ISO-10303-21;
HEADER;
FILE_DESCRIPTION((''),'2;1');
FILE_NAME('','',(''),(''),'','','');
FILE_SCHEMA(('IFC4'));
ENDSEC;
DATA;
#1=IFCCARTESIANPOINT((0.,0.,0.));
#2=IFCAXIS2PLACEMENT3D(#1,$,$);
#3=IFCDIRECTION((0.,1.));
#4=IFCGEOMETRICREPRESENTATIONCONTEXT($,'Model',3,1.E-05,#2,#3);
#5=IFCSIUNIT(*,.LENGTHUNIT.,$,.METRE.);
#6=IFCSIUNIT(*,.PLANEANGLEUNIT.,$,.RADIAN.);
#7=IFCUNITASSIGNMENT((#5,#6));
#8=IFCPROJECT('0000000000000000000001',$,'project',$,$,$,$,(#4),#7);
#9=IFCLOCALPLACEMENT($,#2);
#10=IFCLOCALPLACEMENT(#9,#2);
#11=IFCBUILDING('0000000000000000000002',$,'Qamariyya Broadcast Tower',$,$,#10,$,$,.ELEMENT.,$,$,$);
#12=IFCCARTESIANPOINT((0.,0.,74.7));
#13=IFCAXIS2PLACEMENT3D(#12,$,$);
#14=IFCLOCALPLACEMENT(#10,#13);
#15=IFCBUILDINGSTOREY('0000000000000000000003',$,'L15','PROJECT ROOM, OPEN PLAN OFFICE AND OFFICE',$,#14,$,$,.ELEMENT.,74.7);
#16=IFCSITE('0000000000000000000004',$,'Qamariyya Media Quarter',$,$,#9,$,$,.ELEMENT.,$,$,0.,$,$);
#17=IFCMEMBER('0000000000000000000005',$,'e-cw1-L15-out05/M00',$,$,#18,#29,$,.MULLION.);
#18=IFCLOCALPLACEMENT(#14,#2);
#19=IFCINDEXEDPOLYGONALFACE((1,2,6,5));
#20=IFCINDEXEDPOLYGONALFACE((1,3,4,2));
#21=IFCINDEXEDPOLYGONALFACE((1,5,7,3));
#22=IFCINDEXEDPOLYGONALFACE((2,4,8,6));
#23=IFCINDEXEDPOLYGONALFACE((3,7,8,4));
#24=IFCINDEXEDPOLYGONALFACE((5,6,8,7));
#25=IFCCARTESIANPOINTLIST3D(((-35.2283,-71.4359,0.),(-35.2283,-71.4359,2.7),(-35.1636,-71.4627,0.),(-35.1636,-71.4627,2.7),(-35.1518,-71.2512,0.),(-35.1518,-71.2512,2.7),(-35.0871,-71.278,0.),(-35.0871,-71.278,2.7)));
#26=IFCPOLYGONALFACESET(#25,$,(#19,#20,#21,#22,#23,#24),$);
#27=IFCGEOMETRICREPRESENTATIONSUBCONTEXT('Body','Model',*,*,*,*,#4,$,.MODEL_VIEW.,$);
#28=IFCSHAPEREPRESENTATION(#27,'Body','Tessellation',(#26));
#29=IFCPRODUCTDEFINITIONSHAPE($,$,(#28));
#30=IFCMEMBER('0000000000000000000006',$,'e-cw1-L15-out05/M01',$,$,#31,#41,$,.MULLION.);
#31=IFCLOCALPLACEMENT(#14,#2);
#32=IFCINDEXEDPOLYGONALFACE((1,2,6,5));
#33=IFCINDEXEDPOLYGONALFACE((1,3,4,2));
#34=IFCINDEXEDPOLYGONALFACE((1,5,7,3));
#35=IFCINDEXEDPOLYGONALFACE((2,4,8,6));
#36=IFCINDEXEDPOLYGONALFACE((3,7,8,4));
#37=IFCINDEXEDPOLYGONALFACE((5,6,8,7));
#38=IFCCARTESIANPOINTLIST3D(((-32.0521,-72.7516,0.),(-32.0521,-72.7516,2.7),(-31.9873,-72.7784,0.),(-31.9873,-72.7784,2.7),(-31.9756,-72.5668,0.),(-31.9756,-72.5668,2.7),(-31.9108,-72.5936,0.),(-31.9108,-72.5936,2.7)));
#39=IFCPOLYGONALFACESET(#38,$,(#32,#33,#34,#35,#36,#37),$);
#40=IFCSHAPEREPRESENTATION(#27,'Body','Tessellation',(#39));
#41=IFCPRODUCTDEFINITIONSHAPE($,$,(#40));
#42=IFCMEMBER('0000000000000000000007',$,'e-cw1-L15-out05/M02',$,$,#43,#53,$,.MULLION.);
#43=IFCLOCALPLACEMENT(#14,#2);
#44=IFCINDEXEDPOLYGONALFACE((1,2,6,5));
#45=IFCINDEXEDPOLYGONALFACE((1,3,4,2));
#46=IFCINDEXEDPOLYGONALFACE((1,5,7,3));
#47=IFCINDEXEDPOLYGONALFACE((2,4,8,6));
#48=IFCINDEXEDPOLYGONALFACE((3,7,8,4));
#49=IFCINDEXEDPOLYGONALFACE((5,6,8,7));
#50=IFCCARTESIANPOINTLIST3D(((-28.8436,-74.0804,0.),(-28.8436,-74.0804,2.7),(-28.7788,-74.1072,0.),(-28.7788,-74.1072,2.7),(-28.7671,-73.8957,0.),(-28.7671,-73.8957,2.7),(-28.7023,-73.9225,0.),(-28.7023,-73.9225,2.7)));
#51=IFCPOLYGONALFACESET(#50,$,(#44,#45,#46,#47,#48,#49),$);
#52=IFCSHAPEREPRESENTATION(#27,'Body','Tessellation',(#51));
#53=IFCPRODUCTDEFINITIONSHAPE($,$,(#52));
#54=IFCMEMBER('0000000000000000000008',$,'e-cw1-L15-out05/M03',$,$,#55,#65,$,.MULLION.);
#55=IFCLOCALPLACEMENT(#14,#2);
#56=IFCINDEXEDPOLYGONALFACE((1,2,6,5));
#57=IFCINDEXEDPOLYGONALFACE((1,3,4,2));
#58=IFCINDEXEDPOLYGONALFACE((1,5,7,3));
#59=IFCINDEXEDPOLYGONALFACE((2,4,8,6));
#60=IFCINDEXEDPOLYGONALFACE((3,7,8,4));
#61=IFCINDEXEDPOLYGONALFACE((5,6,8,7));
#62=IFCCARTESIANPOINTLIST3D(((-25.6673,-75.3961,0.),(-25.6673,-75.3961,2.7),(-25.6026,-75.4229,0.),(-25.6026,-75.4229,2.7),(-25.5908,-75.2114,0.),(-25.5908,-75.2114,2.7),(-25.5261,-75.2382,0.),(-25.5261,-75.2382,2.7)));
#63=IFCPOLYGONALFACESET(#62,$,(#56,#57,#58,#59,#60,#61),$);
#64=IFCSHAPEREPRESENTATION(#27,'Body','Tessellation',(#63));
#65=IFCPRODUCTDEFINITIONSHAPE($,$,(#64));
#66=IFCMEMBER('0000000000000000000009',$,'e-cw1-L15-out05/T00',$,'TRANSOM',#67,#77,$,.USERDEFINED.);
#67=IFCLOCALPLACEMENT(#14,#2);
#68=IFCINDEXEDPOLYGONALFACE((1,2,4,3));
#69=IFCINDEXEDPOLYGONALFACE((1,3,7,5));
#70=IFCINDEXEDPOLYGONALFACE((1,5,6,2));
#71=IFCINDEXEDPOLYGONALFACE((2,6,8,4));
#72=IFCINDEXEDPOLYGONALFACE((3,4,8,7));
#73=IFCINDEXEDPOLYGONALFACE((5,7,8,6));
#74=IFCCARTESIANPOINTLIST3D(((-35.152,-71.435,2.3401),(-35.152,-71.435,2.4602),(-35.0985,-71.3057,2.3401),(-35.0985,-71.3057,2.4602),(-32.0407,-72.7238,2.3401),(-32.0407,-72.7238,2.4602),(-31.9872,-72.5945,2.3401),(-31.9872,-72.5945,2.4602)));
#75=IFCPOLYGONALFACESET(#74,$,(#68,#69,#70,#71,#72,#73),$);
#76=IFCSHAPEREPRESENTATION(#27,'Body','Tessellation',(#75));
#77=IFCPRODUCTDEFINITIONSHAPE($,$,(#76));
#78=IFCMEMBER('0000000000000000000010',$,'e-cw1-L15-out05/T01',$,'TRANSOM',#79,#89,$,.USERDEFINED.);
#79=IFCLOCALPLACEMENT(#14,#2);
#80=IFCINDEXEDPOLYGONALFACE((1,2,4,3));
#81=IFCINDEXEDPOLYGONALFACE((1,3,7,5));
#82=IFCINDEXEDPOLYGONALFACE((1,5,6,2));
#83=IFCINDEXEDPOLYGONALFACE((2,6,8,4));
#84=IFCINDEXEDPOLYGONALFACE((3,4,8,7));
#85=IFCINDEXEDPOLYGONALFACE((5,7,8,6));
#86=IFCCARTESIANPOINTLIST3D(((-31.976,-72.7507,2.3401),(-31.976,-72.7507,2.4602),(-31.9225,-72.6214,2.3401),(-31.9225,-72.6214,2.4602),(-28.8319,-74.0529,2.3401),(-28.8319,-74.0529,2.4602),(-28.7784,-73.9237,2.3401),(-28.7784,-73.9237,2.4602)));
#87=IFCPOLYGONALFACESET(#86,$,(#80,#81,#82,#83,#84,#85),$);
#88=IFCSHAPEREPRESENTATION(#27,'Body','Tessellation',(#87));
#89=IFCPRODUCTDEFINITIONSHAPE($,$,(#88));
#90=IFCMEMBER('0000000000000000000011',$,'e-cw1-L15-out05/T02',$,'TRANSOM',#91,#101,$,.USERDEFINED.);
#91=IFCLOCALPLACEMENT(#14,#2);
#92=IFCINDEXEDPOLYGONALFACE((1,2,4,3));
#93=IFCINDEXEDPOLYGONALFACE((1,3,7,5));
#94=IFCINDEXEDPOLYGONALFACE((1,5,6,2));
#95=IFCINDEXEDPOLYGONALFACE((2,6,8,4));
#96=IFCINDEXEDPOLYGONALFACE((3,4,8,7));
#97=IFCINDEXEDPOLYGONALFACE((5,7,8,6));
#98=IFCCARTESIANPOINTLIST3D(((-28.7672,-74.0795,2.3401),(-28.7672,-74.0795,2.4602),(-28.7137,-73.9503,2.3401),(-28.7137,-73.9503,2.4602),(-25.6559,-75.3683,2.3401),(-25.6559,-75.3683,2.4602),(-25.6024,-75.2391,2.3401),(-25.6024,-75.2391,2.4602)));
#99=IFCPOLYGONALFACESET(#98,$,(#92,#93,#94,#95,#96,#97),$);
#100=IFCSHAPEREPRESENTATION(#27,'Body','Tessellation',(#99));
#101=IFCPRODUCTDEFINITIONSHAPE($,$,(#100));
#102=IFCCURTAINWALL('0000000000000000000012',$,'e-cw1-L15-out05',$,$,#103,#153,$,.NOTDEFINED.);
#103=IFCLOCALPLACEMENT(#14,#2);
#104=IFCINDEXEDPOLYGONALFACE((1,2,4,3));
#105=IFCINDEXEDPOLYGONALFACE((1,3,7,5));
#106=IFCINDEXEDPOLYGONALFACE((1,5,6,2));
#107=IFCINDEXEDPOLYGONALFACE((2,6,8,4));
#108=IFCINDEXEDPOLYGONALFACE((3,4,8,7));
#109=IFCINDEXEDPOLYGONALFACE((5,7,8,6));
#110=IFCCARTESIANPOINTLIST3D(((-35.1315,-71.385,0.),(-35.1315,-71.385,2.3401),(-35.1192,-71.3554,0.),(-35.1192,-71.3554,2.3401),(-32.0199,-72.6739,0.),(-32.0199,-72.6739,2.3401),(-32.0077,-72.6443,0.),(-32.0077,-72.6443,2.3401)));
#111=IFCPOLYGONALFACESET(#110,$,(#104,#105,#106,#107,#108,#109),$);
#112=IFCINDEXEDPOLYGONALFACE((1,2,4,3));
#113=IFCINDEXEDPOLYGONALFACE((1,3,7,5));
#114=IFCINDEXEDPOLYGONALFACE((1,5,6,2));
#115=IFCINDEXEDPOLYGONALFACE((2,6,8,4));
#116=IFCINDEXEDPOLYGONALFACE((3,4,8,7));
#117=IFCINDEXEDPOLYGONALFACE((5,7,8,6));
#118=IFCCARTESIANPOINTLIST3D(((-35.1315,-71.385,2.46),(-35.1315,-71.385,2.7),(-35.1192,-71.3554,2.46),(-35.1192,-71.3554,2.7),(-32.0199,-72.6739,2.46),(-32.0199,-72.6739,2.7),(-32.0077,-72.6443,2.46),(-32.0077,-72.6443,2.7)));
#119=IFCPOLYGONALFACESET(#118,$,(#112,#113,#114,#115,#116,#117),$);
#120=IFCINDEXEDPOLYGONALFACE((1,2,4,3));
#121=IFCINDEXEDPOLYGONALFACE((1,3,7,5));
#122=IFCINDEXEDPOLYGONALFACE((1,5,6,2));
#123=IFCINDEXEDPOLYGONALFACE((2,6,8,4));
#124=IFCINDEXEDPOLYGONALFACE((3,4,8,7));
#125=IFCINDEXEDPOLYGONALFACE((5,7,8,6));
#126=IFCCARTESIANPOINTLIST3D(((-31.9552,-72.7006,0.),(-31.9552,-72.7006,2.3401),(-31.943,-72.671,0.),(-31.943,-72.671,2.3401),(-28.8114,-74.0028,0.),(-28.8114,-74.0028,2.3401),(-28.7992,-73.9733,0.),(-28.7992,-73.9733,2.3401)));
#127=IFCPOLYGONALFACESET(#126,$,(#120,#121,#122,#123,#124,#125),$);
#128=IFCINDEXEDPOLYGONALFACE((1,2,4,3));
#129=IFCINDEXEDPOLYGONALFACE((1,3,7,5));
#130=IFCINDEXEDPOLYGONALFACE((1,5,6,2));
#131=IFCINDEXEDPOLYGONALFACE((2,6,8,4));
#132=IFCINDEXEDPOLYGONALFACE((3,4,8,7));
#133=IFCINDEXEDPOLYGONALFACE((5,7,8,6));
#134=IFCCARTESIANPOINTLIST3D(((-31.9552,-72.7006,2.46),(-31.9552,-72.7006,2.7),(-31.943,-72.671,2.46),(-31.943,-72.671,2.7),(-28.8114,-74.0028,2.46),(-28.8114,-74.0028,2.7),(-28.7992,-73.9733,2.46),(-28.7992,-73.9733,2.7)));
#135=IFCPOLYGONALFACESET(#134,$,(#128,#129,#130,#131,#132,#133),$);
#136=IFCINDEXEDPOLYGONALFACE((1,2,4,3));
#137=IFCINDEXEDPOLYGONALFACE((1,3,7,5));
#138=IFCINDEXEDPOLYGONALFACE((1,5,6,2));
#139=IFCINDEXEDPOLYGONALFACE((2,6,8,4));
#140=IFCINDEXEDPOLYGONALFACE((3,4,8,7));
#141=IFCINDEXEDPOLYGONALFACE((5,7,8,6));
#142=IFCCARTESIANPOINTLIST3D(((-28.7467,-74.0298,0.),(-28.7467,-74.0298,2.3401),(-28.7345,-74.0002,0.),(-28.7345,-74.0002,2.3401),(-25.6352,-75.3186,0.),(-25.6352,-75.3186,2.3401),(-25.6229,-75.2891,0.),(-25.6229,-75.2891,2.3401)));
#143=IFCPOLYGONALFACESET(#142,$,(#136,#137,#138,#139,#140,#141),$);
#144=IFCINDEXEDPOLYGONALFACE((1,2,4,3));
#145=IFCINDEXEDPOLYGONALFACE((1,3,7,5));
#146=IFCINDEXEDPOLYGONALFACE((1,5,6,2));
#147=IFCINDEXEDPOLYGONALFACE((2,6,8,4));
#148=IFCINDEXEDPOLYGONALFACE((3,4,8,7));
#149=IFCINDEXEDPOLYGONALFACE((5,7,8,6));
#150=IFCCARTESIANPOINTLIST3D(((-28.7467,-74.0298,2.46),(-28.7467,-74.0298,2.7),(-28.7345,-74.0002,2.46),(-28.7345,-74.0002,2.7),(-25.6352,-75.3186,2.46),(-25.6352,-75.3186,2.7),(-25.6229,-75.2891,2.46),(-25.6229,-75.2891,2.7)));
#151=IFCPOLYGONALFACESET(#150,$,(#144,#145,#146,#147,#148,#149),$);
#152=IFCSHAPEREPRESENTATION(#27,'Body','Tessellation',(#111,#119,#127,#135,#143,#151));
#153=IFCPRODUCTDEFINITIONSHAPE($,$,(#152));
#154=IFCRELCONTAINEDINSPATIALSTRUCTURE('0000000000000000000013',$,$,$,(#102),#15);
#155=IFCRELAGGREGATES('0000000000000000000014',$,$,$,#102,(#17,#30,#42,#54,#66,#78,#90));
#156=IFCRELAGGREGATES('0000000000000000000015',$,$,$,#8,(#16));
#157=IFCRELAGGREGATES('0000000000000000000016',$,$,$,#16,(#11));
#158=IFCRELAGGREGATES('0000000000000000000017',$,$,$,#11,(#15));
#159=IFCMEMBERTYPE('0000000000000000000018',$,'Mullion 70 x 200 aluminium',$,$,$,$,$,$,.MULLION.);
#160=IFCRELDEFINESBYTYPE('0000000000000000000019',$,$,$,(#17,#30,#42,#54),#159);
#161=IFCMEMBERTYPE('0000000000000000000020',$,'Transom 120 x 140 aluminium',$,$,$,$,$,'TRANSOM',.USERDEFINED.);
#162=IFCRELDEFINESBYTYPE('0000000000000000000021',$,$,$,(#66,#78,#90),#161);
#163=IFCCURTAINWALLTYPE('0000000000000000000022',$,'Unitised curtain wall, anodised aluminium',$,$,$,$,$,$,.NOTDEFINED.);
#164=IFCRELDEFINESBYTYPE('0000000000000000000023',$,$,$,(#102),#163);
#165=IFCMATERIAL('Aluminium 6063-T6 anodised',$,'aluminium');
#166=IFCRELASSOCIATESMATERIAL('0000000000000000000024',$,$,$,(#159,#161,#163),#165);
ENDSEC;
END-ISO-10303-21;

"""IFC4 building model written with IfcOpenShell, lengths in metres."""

from ifc_helpers import new_model, si_unit, direction, frame, origin, origin_2d, place, context, subcontext, project, spatial, rectangle, extrude, material, material_profile, profile_set, type_object, element, aggregate, save


model = new_model("IFC4")

# Units and contexts
model_context = context("Model", 3, precision=1e-05, world=origin(), true_north=direction((0.0, 1.0)))
body_context = subcontext(model_context, "Body", "Model", "MODEL_VIEW")
ifc_project = project(units=[si_unit("LENGTHUNIT", "METRE"), si_unit("PLANEANGLEUNIT", "RADIAN")], contexts=[model_context])

# Members
ifc_material = material(Name="Aluminium 6063-T6 anodised", Category="aluminium")
ifc_material_profile_1 = material_profile(ifc_material, rectangle(XDim=0.2, YDim=0.0701, at=origin_2d()))
ifc_profile_set_1 = profile_set([ifc_material_profile_1], Name="Aluminium 6063-T6 anodised")
member_type_1 = type_object("IfcMemberType", Name="Mullion 70 x 200 aluminium", PredefinedType="MULLION", material=ifc_profile_set_1)
site_placement = place(None, origin())
building_placement = place(site_placement, origin())
storey_placement = place(building_placement, frame((0.0, 0.0, 74.7)))
member_1_placement = place(storey_placement, frame((-35.1577, -71.3569, 0.0), z_axis=(0.0, 0.0, 1.0), x_axis=(0.382683, 0.92388, 0.0)))
member_1 = element("IfcMember", 1, at=member_1_placement, type_object=member_type_1, Name="e-cw1-L15-out05/M00", PredefinedType="MULLION", context=body_context, shape_type="SweptSolid", body=[
    extrude(rectangle(XDim=0.2, YDim=0.0701, at=origin_2d()), origin(), (0.0, 0.0, 1.0), 2.7),
])
member_2_placement = place(storey_placement, frame((-31.9814, -72.6726, 0.0), z_axis=(0.0, 0.0, 1.0), x_axis=(0.382683, 0.92388, 0.0)))
member_2 = element("IfcMember", 2, at=member_2_placement, type_object=member_type_1, Name="e-cw1-L15-out05/M01", PredefinedType="MULLION", context=body_context, shape_type="SweptSolid", body=[
    extrude(rectangle(XDim=0.2, YDim=0.0701, at=origin_2d()), origin(), (0.0, 0.0, 1.0), 2.7),
])
member_3_placement = place(storey_placement, frame((-28.7729, -74.0015, 0.0), z_axis=(0.0, 0.0, 1.0), x_axis=(0.382683, 0.92388, 0.0)))
member_3 = element("IfcMember", 3, at=member_3_placement, type_object=member_type_1, Name="e-cw1-L15-out05/M02", PredefinedType="MULLION", context=body_context, shape_type="SweptSolid", body=[
    extrude(rectangle(XDim=0.2, YDim=0.0701, at=origin_2d()), origin(), (0.0, 0.0, 1.0), 2.7),
])
member_4_placement = place(storey_placement, frame((-25.5967, -75.3171, 0.0), z_axis=(0.0, 0.0, 1.0), x_axis=(0.382683, 0.92388, 0.0)))
member_4 = element("IfcMember", 4, at=member_4_placement, type_object=member_type_1, Name="e-cw1-L15-out05/M03", PredefinedType="MULLION", context=body_context, shape_type="SweptSolid", body=[
    extrude(rectangle(XDim=0.2, YDim=0.0701, at=origin_2d()), origin(), (0.0, 0.0, 1.0), 2.7),
])
ifc_material_profile_2 = material_profile(ifc_material, rectangle(XDim=0.1399, YDim=0.1201, at=origin_2d()))
ifc_profile_set_2 = profile_set([ifc_material_profile_2], Name="Aluminium 6063-T6 anodised")
member_type_2 = type_object("IfcMemberType", Name="Transom 120 x 140 aluminium", ElementType="TRANSOM", PredefinedType="USERDEFINED", material=ifc_profile_set_2)
member_5_placement = place(storey_placement, frame((-35.1252, -71.3704, 2.4001), z_axis=(0.923873, -0.3827, 0.0), x_axis=(0.3827, 0.923873, 0.0)))
member_5 = element("IfcMember", 5, at=member_5_placement, type_object=member_type_2, Name="e-cw1-L15-out05/T00", ObjectType="TRANSOM", PredefinedType="USERDEFINED", context=body_context, shape_type="SweptSolid", body=[
    extrude(rectangle(XDim=0.1399, YDim=0.1201, at=origin_2d()), origin(), (0.0, 0.0, 1.0), 3.3677),
])
member_6_placement = place(storey_placement, frame((-31.9492, -72.686, 2.4001), z_axis=(0.923886, -0.382669, 0.0), x_axis=(0.382669, 0.923886, 0.0)))
member_6 = element("IfcMember", 6, at=member_6_placement, type_object=member_type_2, Name="e-cw1-L15-out05/T01", ObjectType="TRANSOM", PredefinedType="USERDEFINED", context=body_context, shape_type="SweptSolid", body=[
    extrude(rectangle(XDim=0.1399, YDim=0.1201, at=origin_2d()), origin(), (0.0, 0.0, 1.0), 3.4031),
])
member_7_placement = place(storey_placement, frame((-28.7405, -74.0149, 2.4001), z_axis=(0.923873, -0.3827, 0.0), x_axis=(0.3827, 0.923873, 0.0)))
member_7 = element("IfcMember", 7, at=member_7_placement, type_object=member_type_2, Name="e-cw1-L15-out05/T02", ObjectType="TRANSOM", PredefinedType="USERDEFINED", context=body_context, shape_type="SweptSolid", body=[
    extrude(rectangle(XDim=0.1399, YDim=0.1201, at=origin_2d()), origin(), (0.0, 0.0, 1.0), 3.3677),
])

# Site, building, storey
site = spatial("IfcSite", under=ifc_project, at=site_placement, Name="Qamariyya Media Quarter", CompositionType="ELEMENT", RefElevation=0.0)
building = spatial("IfcBuilding", under=site, at=building_placement, Name="Qamariyya Broadcast Tower", CompositionType="ELEMENT")
storey = spatial("IfcBuildingStorey", under=building, at=storey_placement, Name="L15", Description="PROJECT ROOM, OPEN PLAN OFFICE AND OFFICE", CompositionType="ELEMENT", Elevation=74.7)

# Curtain wall
curtain_wall_type = type_object("IfcCurtainWallType", Name="Unitised curtain wall, anodised aluminium", PredefinedType="NOTDEFINED", material=ifc_material)
curtain_wall_1_placement = place(storey_placement, origin())
curtain_wall_1 = element("IfcCurtainWall", 8, at=curtain_wall_1_placement, inside=storey, type_object=curtain_wall_type, Name="e-cw1-L15-out05", PredefinedType="NOTDEFINED", context=body_context, shape_type="SweptSolid", body=[
    extrude(rectangle(XDim=3.3679, YDim=0.032, at=origin_2d()), frame((-33.5696, -72.0146, 0.0), x_axis=(0.923878, -0.382688, 0.0)), (0.0, 0.0, 1.0), 2.3401),
    extrude(rectangle(XDim=3.3679, YDim=0.032, at=origin_2d()), frame((-33.5696, -72.0146, 2.46), x_axis=(0.923878, -0.382688, 0.0)), (0.0, 0.0, 1.0), 0.24),
    extrude(rectangle(XDim=3.4028, YDim=0.032, at=origin_2d()), frame((-30.3772, -73.3369, 0.0), x_axis=(0.923878, -0.382688, 0.0)), (0.0, 0.0, 1.0), 2.3401),
    extrude(rectangle(XDim=3.4028, YDim=0.032, at=origin_2d()), frame((-30.3772, -73.3369, 2.46), x_axis=(0.923878, -0.382688, 0.0)), (0.0, 0.0, 1.0), 0.24),
    extrude(rectangle(XDim=3.3679, YDim=0.032, at=origin_2d()), frame((-27.1848, -74.6594, 0.0), x_axis=(0.923878, -0.382688, 0.0)), (0.0, 0.0, 1.0), 2.3401),
    extrude(rectangle(XDim=3.3679, YDim=0.032, at=origin_2d()), frame((-27.1848, -74.6594, 2.46), x_axis=(0.923878, -0.382688, 0.0)), (0.0, 0.0, 1.0), 0.24),
])
aggregate(curtain_wall_1, [member_1, member_2, member_3, member_4, member_5, member_6, member_7])

save(model, "model.ifc")
